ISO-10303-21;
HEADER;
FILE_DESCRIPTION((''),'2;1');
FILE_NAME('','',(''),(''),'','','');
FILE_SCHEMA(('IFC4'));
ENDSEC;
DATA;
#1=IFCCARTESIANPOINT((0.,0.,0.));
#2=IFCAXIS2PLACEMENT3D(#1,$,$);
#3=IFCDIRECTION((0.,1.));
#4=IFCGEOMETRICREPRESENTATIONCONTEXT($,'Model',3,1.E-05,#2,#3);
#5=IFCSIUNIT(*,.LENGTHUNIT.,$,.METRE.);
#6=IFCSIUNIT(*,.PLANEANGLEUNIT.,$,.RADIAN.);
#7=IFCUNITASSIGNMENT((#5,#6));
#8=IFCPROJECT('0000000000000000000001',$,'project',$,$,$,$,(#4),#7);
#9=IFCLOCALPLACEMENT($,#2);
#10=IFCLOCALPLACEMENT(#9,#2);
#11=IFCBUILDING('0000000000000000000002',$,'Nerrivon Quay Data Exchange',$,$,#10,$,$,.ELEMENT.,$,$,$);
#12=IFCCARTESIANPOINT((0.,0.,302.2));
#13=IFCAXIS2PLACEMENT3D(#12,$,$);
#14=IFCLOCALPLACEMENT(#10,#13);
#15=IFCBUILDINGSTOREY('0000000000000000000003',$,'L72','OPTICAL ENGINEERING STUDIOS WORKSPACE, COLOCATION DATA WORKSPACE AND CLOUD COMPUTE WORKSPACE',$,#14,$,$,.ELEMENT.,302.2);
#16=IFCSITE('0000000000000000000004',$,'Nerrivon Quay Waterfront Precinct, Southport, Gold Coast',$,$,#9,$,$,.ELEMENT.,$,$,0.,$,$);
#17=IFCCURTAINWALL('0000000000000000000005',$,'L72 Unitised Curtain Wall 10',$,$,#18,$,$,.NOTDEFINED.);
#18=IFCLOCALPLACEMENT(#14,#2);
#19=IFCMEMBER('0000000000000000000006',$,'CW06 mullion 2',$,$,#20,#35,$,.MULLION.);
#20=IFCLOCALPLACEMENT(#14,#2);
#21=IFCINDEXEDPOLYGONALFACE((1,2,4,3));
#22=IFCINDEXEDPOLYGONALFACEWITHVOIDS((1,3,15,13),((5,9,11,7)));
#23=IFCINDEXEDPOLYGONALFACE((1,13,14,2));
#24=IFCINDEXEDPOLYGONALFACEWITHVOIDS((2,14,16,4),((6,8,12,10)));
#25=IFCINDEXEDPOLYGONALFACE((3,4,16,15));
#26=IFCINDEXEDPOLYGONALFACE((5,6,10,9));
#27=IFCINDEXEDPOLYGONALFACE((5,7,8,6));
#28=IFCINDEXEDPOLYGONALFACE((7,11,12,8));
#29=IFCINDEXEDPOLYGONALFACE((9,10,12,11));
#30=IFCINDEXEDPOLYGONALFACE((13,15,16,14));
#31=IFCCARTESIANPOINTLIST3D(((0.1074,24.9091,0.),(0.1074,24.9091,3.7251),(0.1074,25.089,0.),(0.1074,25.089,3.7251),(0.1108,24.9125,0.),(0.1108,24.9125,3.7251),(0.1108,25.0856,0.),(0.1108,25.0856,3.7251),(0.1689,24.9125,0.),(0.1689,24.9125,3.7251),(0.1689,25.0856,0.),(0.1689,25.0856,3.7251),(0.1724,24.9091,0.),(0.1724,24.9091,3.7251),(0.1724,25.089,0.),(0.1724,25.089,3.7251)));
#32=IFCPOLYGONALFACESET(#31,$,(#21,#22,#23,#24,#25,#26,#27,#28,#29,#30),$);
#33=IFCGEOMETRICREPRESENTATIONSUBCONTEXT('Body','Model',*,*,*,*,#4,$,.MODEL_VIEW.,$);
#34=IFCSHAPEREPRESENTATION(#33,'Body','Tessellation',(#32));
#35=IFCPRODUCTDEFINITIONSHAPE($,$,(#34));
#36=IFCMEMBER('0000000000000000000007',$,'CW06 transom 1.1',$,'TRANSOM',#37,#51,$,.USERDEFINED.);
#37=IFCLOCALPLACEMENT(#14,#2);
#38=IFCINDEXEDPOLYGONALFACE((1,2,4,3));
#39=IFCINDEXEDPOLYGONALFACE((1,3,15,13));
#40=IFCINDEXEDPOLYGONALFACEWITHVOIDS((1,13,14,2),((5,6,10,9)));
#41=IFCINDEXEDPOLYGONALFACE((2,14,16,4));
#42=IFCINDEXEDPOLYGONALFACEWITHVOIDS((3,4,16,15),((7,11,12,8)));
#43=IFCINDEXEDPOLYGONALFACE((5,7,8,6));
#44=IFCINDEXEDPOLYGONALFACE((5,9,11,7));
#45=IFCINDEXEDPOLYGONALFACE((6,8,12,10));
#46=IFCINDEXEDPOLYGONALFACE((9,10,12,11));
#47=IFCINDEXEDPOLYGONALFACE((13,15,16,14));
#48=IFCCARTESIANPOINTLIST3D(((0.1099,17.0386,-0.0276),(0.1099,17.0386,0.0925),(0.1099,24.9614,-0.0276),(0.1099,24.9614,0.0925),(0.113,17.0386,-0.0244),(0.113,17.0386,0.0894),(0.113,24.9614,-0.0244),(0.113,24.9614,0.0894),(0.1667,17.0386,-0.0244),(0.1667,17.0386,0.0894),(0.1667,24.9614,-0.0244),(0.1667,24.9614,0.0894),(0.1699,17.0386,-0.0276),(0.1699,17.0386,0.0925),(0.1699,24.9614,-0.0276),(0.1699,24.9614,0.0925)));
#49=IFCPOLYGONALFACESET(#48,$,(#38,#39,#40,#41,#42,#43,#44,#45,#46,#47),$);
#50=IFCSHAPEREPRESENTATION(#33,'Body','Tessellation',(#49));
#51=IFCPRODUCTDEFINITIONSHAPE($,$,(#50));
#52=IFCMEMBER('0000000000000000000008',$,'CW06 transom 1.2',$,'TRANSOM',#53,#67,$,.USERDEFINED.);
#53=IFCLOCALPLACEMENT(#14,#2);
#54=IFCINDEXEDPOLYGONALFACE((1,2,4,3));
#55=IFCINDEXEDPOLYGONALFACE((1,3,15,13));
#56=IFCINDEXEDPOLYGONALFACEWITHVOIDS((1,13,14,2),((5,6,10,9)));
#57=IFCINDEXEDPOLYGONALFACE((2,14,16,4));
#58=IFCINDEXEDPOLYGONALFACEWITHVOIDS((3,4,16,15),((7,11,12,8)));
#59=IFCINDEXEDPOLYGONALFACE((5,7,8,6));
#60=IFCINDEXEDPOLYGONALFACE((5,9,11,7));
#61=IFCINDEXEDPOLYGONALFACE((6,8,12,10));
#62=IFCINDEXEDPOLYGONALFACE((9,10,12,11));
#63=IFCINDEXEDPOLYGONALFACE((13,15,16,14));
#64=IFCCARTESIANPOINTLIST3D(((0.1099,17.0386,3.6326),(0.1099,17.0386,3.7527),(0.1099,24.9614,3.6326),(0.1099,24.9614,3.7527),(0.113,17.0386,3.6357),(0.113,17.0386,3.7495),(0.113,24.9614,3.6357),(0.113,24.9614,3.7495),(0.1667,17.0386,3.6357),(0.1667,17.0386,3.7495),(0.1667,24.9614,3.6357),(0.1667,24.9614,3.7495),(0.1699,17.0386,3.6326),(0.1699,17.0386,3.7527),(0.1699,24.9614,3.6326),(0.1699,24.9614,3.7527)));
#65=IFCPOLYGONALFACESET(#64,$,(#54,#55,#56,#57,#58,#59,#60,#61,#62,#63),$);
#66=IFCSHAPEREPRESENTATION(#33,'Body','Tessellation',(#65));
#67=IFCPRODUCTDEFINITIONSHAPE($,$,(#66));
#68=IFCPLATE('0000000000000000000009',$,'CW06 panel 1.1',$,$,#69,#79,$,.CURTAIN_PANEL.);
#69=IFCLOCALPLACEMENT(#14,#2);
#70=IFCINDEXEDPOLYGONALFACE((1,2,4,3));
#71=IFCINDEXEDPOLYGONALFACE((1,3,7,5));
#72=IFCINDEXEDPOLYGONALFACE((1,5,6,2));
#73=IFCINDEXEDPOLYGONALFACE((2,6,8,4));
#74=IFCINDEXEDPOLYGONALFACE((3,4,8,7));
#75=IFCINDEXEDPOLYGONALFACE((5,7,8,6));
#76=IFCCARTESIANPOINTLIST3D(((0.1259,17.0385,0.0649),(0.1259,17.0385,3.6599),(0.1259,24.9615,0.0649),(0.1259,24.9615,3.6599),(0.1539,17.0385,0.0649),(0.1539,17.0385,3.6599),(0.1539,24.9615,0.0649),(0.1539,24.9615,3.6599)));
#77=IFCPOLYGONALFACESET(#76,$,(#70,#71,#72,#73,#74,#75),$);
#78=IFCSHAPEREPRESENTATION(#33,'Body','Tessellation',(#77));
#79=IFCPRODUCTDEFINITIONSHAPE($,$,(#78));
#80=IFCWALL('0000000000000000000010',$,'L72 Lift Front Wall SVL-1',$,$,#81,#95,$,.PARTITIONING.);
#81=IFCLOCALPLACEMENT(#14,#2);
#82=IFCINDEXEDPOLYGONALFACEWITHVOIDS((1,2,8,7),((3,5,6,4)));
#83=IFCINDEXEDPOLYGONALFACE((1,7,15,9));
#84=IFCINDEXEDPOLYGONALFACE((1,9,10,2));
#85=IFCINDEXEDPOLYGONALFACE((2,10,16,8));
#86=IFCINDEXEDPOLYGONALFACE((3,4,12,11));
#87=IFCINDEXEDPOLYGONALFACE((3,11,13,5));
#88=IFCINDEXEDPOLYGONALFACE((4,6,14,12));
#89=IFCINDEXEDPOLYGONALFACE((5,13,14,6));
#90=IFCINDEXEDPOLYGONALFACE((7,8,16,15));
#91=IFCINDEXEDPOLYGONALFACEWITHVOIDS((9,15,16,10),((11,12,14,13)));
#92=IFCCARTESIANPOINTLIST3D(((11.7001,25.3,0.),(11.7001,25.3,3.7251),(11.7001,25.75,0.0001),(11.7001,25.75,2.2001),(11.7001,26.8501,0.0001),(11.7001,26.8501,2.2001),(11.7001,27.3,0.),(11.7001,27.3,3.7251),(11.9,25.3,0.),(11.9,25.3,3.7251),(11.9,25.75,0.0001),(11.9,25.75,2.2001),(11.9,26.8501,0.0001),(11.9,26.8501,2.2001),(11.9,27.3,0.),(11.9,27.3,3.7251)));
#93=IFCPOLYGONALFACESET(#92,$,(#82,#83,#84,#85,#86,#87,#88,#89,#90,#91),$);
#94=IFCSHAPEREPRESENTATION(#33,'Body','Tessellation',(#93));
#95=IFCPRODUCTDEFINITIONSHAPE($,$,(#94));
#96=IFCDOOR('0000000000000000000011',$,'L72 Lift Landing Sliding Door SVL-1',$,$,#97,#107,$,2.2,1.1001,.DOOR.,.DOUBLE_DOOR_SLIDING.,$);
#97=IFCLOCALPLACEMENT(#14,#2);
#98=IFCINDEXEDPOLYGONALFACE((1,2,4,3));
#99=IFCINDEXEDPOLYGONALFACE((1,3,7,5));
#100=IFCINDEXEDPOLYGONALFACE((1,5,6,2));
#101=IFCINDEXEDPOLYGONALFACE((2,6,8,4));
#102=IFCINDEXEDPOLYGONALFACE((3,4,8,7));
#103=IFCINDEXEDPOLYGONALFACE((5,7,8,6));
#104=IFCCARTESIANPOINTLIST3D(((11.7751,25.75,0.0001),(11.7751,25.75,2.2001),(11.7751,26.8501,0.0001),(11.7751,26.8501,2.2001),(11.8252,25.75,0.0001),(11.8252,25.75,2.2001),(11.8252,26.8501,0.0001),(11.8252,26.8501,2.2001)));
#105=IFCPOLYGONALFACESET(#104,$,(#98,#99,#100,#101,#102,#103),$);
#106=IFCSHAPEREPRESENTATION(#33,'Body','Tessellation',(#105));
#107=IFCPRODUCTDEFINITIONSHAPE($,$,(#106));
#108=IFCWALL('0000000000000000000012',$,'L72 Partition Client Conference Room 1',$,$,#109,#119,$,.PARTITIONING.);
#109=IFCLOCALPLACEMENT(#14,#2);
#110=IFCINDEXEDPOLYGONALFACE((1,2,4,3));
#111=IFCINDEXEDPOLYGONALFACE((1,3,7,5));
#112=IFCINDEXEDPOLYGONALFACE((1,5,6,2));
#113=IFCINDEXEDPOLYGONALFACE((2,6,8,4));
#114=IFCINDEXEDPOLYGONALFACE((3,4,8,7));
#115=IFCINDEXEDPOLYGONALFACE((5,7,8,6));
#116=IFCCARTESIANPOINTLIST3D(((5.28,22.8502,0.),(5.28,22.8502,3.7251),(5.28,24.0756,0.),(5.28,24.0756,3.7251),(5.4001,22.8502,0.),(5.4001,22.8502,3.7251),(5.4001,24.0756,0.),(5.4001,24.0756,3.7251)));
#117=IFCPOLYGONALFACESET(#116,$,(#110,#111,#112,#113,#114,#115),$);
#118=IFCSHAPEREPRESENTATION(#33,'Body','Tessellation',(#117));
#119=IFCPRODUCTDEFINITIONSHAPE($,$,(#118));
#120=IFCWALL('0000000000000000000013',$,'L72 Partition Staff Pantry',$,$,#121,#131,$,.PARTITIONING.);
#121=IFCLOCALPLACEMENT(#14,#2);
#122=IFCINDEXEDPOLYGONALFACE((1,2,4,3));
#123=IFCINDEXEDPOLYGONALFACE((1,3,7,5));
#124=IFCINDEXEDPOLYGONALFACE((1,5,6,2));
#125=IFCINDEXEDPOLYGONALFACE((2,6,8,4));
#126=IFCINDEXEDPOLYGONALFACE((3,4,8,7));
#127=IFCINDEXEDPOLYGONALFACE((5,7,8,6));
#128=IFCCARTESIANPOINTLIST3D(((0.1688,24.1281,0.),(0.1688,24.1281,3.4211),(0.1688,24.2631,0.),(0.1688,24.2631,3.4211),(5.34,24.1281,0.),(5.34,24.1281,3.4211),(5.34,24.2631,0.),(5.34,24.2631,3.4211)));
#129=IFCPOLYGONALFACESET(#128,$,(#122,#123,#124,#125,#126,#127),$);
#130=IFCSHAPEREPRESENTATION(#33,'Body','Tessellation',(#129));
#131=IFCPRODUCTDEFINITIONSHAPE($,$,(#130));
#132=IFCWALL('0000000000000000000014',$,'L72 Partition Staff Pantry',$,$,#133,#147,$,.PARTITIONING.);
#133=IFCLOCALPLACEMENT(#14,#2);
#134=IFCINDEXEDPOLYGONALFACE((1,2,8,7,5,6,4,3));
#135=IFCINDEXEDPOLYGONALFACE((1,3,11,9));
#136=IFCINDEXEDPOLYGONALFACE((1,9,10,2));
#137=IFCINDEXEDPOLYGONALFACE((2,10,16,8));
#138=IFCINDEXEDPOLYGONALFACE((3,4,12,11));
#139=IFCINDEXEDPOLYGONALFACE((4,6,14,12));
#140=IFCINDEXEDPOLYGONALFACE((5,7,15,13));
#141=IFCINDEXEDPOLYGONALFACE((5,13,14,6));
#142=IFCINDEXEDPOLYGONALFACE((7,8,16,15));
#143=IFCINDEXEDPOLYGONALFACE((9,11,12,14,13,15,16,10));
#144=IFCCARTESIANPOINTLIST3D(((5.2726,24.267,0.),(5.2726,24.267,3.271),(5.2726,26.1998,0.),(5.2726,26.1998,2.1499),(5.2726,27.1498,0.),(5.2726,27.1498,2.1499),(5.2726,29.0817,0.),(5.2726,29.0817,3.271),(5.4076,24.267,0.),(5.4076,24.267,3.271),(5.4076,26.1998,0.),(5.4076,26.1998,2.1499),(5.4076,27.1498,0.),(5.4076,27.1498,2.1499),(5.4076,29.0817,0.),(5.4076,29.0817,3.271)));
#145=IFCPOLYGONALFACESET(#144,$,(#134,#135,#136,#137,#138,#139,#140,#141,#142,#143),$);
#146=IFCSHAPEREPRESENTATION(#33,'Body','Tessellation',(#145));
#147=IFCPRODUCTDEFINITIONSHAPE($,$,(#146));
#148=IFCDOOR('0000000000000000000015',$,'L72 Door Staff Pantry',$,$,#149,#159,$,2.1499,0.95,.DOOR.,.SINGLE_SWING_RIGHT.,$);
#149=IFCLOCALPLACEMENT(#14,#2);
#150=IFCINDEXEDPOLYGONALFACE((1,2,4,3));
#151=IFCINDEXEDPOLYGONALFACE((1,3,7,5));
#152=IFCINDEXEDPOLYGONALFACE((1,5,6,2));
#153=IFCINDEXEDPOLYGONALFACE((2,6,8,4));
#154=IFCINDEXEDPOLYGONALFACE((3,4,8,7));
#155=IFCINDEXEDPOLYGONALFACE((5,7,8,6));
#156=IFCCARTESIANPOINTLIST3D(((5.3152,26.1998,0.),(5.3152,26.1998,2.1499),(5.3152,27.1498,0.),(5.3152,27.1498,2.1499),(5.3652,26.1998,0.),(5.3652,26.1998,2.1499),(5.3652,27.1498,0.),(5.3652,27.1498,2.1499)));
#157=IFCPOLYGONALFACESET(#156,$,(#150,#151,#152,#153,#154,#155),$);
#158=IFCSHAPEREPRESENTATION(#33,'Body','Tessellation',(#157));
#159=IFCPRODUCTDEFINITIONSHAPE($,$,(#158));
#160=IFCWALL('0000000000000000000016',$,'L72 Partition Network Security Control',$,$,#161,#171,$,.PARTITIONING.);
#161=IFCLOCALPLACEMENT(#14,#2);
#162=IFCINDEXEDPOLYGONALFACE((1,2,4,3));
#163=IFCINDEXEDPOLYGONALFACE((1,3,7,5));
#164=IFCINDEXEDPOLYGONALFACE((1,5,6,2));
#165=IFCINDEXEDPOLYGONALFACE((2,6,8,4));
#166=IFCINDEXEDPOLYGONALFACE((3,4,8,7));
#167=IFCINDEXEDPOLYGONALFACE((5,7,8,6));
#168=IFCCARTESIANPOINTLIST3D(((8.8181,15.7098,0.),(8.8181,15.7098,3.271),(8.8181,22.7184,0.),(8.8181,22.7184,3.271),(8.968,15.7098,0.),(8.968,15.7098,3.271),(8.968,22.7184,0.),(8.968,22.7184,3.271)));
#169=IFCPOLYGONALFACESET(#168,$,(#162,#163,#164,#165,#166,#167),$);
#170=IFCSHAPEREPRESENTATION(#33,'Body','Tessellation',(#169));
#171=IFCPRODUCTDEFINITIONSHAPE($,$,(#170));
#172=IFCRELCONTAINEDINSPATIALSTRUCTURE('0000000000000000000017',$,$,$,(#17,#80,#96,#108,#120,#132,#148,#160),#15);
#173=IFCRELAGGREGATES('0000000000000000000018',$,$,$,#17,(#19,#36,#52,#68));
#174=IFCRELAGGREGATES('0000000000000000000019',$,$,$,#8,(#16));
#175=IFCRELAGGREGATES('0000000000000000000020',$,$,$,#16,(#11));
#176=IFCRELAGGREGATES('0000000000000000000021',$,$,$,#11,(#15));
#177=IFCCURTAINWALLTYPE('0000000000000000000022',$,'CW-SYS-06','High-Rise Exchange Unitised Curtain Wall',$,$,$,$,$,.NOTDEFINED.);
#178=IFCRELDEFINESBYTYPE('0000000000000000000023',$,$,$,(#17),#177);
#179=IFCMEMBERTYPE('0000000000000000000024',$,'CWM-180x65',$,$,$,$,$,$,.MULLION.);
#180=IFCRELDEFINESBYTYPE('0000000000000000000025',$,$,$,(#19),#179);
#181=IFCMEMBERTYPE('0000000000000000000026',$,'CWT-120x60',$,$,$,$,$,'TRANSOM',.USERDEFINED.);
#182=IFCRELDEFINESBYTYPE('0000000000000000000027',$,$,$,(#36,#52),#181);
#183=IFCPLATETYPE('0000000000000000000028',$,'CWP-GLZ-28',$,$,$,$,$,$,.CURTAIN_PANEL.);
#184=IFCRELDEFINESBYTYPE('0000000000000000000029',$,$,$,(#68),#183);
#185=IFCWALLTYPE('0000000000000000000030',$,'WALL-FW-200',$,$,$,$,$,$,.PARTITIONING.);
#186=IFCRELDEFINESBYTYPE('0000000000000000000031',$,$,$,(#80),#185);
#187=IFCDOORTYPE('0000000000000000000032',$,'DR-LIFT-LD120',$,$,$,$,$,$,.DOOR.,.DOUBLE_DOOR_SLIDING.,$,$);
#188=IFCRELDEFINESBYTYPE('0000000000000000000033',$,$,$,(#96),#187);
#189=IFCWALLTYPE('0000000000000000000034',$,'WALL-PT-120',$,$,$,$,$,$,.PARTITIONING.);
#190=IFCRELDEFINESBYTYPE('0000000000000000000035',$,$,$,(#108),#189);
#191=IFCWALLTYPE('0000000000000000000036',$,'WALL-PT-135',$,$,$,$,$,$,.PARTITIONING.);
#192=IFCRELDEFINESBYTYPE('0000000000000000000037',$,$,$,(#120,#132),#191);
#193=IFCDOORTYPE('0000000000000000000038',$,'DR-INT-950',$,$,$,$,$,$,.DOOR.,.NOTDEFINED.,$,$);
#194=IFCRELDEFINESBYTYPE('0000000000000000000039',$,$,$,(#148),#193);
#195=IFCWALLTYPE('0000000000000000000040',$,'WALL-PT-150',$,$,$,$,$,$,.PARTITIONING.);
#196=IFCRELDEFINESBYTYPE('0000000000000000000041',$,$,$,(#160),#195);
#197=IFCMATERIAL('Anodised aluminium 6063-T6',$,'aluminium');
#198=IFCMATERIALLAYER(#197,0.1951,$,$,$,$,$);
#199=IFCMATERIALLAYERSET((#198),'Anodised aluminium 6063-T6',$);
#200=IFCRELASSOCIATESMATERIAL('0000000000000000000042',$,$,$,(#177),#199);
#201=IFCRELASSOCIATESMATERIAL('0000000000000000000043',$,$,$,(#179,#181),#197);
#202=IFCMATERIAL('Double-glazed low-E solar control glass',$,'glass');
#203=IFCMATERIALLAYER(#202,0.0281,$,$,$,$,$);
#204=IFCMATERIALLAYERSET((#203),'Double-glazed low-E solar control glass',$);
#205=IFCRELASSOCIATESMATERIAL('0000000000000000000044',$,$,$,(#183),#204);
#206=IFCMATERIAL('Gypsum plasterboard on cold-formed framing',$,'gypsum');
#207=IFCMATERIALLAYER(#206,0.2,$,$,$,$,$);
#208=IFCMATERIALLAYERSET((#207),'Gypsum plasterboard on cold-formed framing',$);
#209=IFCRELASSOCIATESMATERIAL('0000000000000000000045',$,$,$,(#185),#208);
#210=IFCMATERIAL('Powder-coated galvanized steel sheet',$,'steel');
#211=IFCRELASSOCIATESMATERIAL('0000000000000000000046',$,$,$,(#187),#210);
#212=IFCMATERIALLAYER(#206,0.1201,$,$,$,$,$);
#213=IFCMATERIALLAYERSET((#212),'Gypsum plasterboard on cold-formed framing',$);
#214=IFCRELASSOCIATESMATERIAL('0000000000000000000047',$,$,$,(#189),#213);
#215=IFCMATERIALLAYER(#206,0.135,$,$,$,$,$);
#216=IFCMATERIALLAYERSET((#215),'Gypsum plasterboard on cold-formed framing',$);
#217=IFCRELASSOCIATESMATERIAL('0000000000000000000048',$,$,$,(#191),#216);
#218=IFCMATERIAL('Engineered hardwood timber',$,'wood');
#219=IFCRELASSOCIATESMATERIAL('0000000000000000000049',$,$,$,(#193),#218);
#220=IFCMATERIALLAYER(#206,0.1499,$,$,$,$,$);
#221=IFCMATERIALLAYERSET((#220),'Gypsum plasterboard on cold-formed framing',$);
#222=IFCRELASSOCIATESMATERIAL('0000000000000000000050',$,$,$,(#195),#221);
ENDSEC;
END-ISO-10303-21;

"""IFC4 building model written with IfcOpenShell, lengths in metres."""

from ifc_helpers import new_model, si_unit, direction, frame, frame_2d, origin, origin_2d, place, context, subcontext, project, spatial, rectangle, hollow_rectangle, extrude, material, layer, layer_set, material_profile, profile_set, type_object, element, fill, aggregate, save


model = new_model("IFC4")

# Units and contexts
model_context = context("Model", 3, precision=1e-05, world=origin(), true_north=direction((0.0, 1.0)))
body_context = subcontext(model_context, "Body", "Model", "MODEL_VIEW")
ifc_project = project(units=[si_unit("LENGTHUNIT", "METRE"), si_unit("PLANEANGLEUNIT", "RADIAN")], contexts=[model_context])

# Site, building, storey
site_placement = place(None, origin())
site = spatial("IfcSite", under=ifc_project, at=site_placement, Name="Nerrivon Quay Waterfront Precinct, Southport, Gold Coast", CompositionType="ELEMENT", RefElevation=0.0)
building_placement = place(site_placement, origin())
building = spatial("IfcBuilding", under=site, at=building_placement, Name="Nerrivon Quay Data Exchange", CompositionType="ELEMENT")
storey_placement = place(building_placement, frame((0.0, 0.0, 302.2)))
storey = spatial("IfcBuildingStorey", under=building, at=storey_placement, Name="L72", Description="OPTICAL ENGINEERING STUDIOS WORKSPACE, COLOCATION DATA WORKSPACE AND CLOUD COMPUTE WORKSPACE", CompositionType="ELEMENT", Elevation=302.2)

# Curtain wall, members, plate
ifc_material_1 = material(Name="Anodised aluminium 6063-T6", Category="aluminium")
ifc_layer_1 = layer(ifc_material_1, 0.1951)
ifc_layer_set_1 = layer_set([ifc_layer_1], Name="Anodised aluminium 6063-T6")
curtain_wall_type = type_object("IfcCurtainWallType", Name="CW-SYS-06", Description="High-Rise Exchange Unitised Curtain Wall", PredefinedType="NOTDEFINED", material=ifc_layer_set_1)
curtain_wall_placement = place(storey_placement, origin())
curtain_wall = element("IfcCurtainWall", 1, at=curtain_wall_placement, inside=storey, type_object=curtain_wall_type, Name="L72 Unitised Curtain Wall 10", PredefinedType="NOTDEFINED")
ifc_material_profile_1 = material_profile(ifc_material_1, hollow_rectangle(XDim=0.0649, YDim=0.1799, WallThickness=0.0034, at=origin_2d()), Name="ALU-MULL-180x65")
ifc_profile_set_1 = profile_set([ifc_material_profile_1], Name="Anodised aluminium 6063-T6")
member_type_1 = type_object("IfcMemberType", Name="CWM-180x65", PredefinedType="MULLION", material=ifc_profile_set_1)
member_1_placement = place(storey_placement, frame((0.1399, 24.999, 0.0), z_axis=(0.0, 0.0, 1.0), x_axis=(-1.0, 0.0, 0.0)))
member_1 = element("IfcMember", 2, at=member_1_placement, type_object=member_type_1, Name="CW06 mullion 2", PredefinedType="MULLION", context=body_context, shape_type="SweptSolid", body=[
    extrude(hollow_rectangle(XDim=0.0649, YDim=0.1799, WallThickness=0.0034, at=origin_2d()), origin(), (0.0, 0.0, 1.0), 3.7251),
])
ifc_material_profile_2 = material_profile(ifc_material_1, hollow_rectangle(XDim=0.0601, YDim=0.1201, WallThickness=0.0032, at=origin_2d()), Name="ALU-TRAN-120x60")
ifc_profile_set_2 = profile_set([ifc_material_profile_2], Name="Anodised aluminium 6063-T6")
member_type_2 = type_object("IfcMemberType", Name="CWT-120x60", ElementType="TRANSOM", PredefinedType="USERDEFINED", material=ifc_profile_set_2)
member_2_placement = place(storey_placement, frame((0.1399, 17.0386, 0.0325), z_axis=(0.0, 1.0, 0.0), x_axis=(-1.0, 0.0, 0.0)))
member_2 = element("IfcMember", 3, at=member_2_placement, type_object=member_type_2, Name="CW06 transom 1.1", ObjectType="TRANSOM", PredefinedType="USERDEFINED", context=body_context, shape_type="SweptSolid", body=[
    extrude(hollow_rectangle(XDim=0.0601, YDim=0.1201, WallThickness=0.0032, at=origin_2d()), origin(), (0.0, 0.0, 1.0), 7.9229),
])
member_3_placement = place(storey_placement, frame((0.1399, 17.0386, 3.6926), z_axis=(0.0, 1.0, 0.0), x_axis=(-1.0, 0.0, 0.0)))
member_3 = element("IfcMember", 4, at=member_3_placement, type_object=member_type_2, Name="CW06 transom 1.2", ObjectType="TRANSOM", PredefinedType="USERDEFINED", context=body_context, shape_type="SweptSolid", body=[
    extrude(hollow_rectangle(XDim=0.0601, YDim=0.1201, WallThickness=0.0032, at=origin_2d()), origin(), (0.0, 0.0, 1.0), 7.9229),
])
ifc_material_2 = material(Name="Double-glazed low-E solar control glass", Category="glass")
ifc_layer_2 = layer(ifc_material_2, 0.0281)
ifc_layer_set_2 = layer_set([ifc_layer_2], Name="Double-glazed low-E solar control glass")
plate_type = type_object("IfcPlateType", Name="CWP-GLZ-28", PredefinedType="CURTAIN_PANEL", material=ifc_layer_set_2)
plate_placement = place(storey_placement, frame((0.1399, 21.0, 0.0649), z_axis=(0.0, 0.0, 1.0), x_axis=(0.0, 1.0, 0.0)))
plate = element("IfcPlate", 5, at=plate_placement, type_object=plate_type, Name="CW06 panel 1.1", PredefinedType="CURTAIN_PANEL", context=body_context, shape_type="SweptSolid", body=[
    extrude(rectangle(XDim=7.9231, YDim=0.0281, at=origin_2d()), origin(), (0.0, 0.0, 1.0), 3.595),
])
aggregate(curtain_wall, [member_1, member_2, member_3, plate])

# Wall, opening, door
ifc_material_3 = material(Name="Powder-coated galvanized steel sheet", Category="steel")
ifc_material_4 = material(Name="Gypsum plasterboard on cold-formed framing", Category="gypsum")
ifc_layer_3 = layer(ifc_material_4, 0.2)
ifc_layer_set_3 = layer_set([ifc_layer_3], Name="Gypsum plasterboard on cold-formed framing")
wall_type_1 = type_object("IfcWallType", Name="WALL-FW-200", PredefinedType="PARTITIONING", material=ifc_layer_set_3)
wall_1_placement = place(storey_placement, frame((11.8, 25.3, 0.0), z_axis=(0.0, 0.0, 1.0), x_axis=(0.0, 1.0, 0.0)))
wall_1 = element("IfcWall", 6, at=wall_1_placement, inside=storey, type_object=wall_type_1, Name="L72 Lift Front Wall SVL-1", PredefinedType="PARTITIONING", context=body_context, shape_type="SweptSolid", body=[
    extrude(rectangle(XDim=2.0, YDim=0.2, at=frame_2d((1.0, 0.0))), origin(), (0.0, 0.0, 1.0), 3.7251),
])
opening_1_placement = place(wall_1_placement, frame((0.45, 0.0, 0.0)))
opening_1 = element("IfcOpeningElement", 7, at=opening_1_placement, cuts=wall_1, PredefinedType="OPENING", context=body_context, shape_type="SweptSolid", body=[
    extrude(rectangle(XDim=1.1001, YDim=2.2, at=frame_2d((0.55, 1.1001))), frame((0.0, 0.1099, 0.0), z_axis=(0.0, -1.0, 0.0), x_axis=(1.0, 0.0, 0.0)), (0.0, 0.0, 1.0), 0.22),
])
door_type_1 = type_object("IfcDoorType", Name="DR-LIFT-LD120", OperationType="DOUBLE_DOOR_SLIDING", PredefinedType="DOOR", material=ifc_material_3)
door_1_placement = place(opening_1_placement, origin())
door_1 = element("IfcDoor", 8, at=door_1_placement, inside=storey, type_object=door_type_1, Name="L72 Lift Landing Sliding Door SVL-1", OperationType="DOUBLE_DOOR_SLIDING", OverallHeight=2.2, OverallWidth=1.1001, PredefinedType="DOOR", context=body_context, shape_type="SweptSolid", body=[
    extrude(rectangle(XDim=1.1001, YDim=2.2, at=frame_2d((0.55, 1.1001))), frame((0.0, 0.0249, 0.0), z_axis=(0.0, -1.0, 0.0), x_axis=(1.0, 0.0, 0.0)), (0.0, 0.0, 1.0), 0.05),
])
fill(opening_1, door_1)

# Walls
ifc_layer_4 = layer(ifc_material_4, 0.1201)
ifc_layer_set_4 = layer_set([ifc_layer_4], Name="Gypsum plasterboard on cold-formed framing")
wall_type_2 = type_object("IfcWallType", Name="WALL-PT-120", PredefinedType="PARTITIONING", material=ifc_layer_set_4)
wall_2_placement = place(storey_placement, frame((5.3401, 22.8501, 0.0), z_axis=(0.0, 0.0, 1.0), x_axis=(0.0, 1.0, 0.0)))
element("IfcWall", 9, at=wall_2_placement, inside=storey, type_object=wall_type_2, Name="L72 Partition Client Conference Room 1", PredefinedType="PARTITIONING", context=body_context, shape_type="SweptSolid", body=[
    extrude(rectangle(XDim=1.2253, YDim=0.1201, at=frame_2d((0.6128, 0.0))), origin(), (0.0, 0.0, 1.0), 3.7251),
])
ifc_layer_5 = layer(ifc_material_4, 0.135)
ifc_layer_set_5 = layer_set([ifc_layer_5], Name="Gypsum plasterboard on cold-formed framing")
wall_type_3 = type_object("IfcWallType", Name="WALL-PT-135", PredefinedType="PARTITIONING", material=ifc_layer_set_5)
wall_3_placement = place(storey_placement, frame((0.1689, 24.1956, 0.0), z_axis=(0.0, 0.0, 1.0), x_axis=(1.0, 0.0, 0.0)))
element("IfcWall", 10, at=wall_3_placement, inside=storey, type_object=wall_type_3, Name="L72 Partition Staff Pantry", PredefinedType="PARTITIONING", context=body_context, shape_type="SweptSolid", body=[
    extrude(rectangle(XDim=5.1711, YDim=0.135, at=frame_2d((2.5854, 0.0))), origin(), (0.0, 0.0, 1.0), 3.4211),
])

# Wall, opening, door
wall_4_placement = place(storey_placement, frame((5.3401, 24.2671, 0.0), z_axis=(0.0, 0.0, 1.0), x_axis=(0.0, 1.0, 0.0)))
wall_4 = element("IfcWall", 11, at=wall_4_placement, inside=storey, type_object=wall_type_3, Name="L72 Partition Staff Pantry", PredefinedType="PARTITIONING", context=body_context, shape_type="SweptSolid", body=[
    extrude(rectangle(XDim=4.8147, YDim=0.135, at=frame_2d((2.4072, 0.0))), origin(), (0.0, 0.0, 1.0), 3.271),
])
opening_2_placement = place(wall_4_placement, frame((1.9326, 0.0, 0.0)))
opening_2 = element("IfcOpeningElement", 12, at=opening_2_placement, cuts=wall_4, PredefinedType="OPENING", context=body_context, shape_type="SweptSolid", body=[
    extrude(rectangle(XDim=0.95, YDim=2.1499, at=frame_2d((0.4751, 1.075))), frame((0.0, 0.0774, 0.0), z_axis=(0.0, -1.0, 0.0), x_axis=(1.0, 0.0, 0.0)), (0.0, 0.0, 1.0), 0.155),
])
ifc_material_5 = material(Name="Engineered hardwood timber", Category="wood")
door_type_2 = type_object("IfcDoorType", Name="DR-INT-950", OperationType="NOTDEFINED", PredefinedType="DOOR", material=ifc_material_5)
door_2_placement = place(opening_2_placement, origin())
door_2 = element("IfcDoor", 13, at=door_2_placement, inside=storey, type_object=door_type_2, Name="L72 Door Staff Pantry", OperationType="SINGLE_SWING_RIGHT", OverallHeight=2.1499, OverallWidth=0.95, PredefinedType="DOOR", context=body_context, shape_type="SweptSolid", body=[
    extrude(rectangle(XDim=0.95, YDim=2.1499, at=frame_2d((0.4751, 1.075))), frame((0.0, 0.0249, 0.0), z_axis=(0.0, -1.0, 0.0), x_axis=(1.0, 0.0, 0.0)), (0.0, 0.0, 1.0), 0.05),
])
fill(opening_2, door_2)

# Wall
ifc_layer_6 = layer(ifc_material_4, 0.1499)
ifc_layer_set_6 = layer_set([ifc_layer_6], Name="Gypsum plasterboard on cold-formed framing")
wall_type_4 = type_object("IfcWallType", Name="WALL-PT-150", PredefinedType="PARTITIONING", material=ifc_layer_set_6)
wall_5_placement = place(storey_placement, frame((8.8931, 22.7185, 0.0), z_axis=(0.0, 0.0, 1.0), x_axis=(0.0, -1.0, 0.0)))
element("IfcWall", 14, at=wall_5_placement, inside=storey, type_object=wall_type_4, Name="L72 Partition Network Security Control", PredefinedType="PARTITIONING", context=body_context, shape_type="SweptSolid", body=[
    extrude(rectangle(XDim=7.0085, YDim=0.1499, at=frame_2d((3.5044, 0.0))), origin(), (0.0, 0.0, 1.0), 3.271),
])

save(model, "model.ifc")
